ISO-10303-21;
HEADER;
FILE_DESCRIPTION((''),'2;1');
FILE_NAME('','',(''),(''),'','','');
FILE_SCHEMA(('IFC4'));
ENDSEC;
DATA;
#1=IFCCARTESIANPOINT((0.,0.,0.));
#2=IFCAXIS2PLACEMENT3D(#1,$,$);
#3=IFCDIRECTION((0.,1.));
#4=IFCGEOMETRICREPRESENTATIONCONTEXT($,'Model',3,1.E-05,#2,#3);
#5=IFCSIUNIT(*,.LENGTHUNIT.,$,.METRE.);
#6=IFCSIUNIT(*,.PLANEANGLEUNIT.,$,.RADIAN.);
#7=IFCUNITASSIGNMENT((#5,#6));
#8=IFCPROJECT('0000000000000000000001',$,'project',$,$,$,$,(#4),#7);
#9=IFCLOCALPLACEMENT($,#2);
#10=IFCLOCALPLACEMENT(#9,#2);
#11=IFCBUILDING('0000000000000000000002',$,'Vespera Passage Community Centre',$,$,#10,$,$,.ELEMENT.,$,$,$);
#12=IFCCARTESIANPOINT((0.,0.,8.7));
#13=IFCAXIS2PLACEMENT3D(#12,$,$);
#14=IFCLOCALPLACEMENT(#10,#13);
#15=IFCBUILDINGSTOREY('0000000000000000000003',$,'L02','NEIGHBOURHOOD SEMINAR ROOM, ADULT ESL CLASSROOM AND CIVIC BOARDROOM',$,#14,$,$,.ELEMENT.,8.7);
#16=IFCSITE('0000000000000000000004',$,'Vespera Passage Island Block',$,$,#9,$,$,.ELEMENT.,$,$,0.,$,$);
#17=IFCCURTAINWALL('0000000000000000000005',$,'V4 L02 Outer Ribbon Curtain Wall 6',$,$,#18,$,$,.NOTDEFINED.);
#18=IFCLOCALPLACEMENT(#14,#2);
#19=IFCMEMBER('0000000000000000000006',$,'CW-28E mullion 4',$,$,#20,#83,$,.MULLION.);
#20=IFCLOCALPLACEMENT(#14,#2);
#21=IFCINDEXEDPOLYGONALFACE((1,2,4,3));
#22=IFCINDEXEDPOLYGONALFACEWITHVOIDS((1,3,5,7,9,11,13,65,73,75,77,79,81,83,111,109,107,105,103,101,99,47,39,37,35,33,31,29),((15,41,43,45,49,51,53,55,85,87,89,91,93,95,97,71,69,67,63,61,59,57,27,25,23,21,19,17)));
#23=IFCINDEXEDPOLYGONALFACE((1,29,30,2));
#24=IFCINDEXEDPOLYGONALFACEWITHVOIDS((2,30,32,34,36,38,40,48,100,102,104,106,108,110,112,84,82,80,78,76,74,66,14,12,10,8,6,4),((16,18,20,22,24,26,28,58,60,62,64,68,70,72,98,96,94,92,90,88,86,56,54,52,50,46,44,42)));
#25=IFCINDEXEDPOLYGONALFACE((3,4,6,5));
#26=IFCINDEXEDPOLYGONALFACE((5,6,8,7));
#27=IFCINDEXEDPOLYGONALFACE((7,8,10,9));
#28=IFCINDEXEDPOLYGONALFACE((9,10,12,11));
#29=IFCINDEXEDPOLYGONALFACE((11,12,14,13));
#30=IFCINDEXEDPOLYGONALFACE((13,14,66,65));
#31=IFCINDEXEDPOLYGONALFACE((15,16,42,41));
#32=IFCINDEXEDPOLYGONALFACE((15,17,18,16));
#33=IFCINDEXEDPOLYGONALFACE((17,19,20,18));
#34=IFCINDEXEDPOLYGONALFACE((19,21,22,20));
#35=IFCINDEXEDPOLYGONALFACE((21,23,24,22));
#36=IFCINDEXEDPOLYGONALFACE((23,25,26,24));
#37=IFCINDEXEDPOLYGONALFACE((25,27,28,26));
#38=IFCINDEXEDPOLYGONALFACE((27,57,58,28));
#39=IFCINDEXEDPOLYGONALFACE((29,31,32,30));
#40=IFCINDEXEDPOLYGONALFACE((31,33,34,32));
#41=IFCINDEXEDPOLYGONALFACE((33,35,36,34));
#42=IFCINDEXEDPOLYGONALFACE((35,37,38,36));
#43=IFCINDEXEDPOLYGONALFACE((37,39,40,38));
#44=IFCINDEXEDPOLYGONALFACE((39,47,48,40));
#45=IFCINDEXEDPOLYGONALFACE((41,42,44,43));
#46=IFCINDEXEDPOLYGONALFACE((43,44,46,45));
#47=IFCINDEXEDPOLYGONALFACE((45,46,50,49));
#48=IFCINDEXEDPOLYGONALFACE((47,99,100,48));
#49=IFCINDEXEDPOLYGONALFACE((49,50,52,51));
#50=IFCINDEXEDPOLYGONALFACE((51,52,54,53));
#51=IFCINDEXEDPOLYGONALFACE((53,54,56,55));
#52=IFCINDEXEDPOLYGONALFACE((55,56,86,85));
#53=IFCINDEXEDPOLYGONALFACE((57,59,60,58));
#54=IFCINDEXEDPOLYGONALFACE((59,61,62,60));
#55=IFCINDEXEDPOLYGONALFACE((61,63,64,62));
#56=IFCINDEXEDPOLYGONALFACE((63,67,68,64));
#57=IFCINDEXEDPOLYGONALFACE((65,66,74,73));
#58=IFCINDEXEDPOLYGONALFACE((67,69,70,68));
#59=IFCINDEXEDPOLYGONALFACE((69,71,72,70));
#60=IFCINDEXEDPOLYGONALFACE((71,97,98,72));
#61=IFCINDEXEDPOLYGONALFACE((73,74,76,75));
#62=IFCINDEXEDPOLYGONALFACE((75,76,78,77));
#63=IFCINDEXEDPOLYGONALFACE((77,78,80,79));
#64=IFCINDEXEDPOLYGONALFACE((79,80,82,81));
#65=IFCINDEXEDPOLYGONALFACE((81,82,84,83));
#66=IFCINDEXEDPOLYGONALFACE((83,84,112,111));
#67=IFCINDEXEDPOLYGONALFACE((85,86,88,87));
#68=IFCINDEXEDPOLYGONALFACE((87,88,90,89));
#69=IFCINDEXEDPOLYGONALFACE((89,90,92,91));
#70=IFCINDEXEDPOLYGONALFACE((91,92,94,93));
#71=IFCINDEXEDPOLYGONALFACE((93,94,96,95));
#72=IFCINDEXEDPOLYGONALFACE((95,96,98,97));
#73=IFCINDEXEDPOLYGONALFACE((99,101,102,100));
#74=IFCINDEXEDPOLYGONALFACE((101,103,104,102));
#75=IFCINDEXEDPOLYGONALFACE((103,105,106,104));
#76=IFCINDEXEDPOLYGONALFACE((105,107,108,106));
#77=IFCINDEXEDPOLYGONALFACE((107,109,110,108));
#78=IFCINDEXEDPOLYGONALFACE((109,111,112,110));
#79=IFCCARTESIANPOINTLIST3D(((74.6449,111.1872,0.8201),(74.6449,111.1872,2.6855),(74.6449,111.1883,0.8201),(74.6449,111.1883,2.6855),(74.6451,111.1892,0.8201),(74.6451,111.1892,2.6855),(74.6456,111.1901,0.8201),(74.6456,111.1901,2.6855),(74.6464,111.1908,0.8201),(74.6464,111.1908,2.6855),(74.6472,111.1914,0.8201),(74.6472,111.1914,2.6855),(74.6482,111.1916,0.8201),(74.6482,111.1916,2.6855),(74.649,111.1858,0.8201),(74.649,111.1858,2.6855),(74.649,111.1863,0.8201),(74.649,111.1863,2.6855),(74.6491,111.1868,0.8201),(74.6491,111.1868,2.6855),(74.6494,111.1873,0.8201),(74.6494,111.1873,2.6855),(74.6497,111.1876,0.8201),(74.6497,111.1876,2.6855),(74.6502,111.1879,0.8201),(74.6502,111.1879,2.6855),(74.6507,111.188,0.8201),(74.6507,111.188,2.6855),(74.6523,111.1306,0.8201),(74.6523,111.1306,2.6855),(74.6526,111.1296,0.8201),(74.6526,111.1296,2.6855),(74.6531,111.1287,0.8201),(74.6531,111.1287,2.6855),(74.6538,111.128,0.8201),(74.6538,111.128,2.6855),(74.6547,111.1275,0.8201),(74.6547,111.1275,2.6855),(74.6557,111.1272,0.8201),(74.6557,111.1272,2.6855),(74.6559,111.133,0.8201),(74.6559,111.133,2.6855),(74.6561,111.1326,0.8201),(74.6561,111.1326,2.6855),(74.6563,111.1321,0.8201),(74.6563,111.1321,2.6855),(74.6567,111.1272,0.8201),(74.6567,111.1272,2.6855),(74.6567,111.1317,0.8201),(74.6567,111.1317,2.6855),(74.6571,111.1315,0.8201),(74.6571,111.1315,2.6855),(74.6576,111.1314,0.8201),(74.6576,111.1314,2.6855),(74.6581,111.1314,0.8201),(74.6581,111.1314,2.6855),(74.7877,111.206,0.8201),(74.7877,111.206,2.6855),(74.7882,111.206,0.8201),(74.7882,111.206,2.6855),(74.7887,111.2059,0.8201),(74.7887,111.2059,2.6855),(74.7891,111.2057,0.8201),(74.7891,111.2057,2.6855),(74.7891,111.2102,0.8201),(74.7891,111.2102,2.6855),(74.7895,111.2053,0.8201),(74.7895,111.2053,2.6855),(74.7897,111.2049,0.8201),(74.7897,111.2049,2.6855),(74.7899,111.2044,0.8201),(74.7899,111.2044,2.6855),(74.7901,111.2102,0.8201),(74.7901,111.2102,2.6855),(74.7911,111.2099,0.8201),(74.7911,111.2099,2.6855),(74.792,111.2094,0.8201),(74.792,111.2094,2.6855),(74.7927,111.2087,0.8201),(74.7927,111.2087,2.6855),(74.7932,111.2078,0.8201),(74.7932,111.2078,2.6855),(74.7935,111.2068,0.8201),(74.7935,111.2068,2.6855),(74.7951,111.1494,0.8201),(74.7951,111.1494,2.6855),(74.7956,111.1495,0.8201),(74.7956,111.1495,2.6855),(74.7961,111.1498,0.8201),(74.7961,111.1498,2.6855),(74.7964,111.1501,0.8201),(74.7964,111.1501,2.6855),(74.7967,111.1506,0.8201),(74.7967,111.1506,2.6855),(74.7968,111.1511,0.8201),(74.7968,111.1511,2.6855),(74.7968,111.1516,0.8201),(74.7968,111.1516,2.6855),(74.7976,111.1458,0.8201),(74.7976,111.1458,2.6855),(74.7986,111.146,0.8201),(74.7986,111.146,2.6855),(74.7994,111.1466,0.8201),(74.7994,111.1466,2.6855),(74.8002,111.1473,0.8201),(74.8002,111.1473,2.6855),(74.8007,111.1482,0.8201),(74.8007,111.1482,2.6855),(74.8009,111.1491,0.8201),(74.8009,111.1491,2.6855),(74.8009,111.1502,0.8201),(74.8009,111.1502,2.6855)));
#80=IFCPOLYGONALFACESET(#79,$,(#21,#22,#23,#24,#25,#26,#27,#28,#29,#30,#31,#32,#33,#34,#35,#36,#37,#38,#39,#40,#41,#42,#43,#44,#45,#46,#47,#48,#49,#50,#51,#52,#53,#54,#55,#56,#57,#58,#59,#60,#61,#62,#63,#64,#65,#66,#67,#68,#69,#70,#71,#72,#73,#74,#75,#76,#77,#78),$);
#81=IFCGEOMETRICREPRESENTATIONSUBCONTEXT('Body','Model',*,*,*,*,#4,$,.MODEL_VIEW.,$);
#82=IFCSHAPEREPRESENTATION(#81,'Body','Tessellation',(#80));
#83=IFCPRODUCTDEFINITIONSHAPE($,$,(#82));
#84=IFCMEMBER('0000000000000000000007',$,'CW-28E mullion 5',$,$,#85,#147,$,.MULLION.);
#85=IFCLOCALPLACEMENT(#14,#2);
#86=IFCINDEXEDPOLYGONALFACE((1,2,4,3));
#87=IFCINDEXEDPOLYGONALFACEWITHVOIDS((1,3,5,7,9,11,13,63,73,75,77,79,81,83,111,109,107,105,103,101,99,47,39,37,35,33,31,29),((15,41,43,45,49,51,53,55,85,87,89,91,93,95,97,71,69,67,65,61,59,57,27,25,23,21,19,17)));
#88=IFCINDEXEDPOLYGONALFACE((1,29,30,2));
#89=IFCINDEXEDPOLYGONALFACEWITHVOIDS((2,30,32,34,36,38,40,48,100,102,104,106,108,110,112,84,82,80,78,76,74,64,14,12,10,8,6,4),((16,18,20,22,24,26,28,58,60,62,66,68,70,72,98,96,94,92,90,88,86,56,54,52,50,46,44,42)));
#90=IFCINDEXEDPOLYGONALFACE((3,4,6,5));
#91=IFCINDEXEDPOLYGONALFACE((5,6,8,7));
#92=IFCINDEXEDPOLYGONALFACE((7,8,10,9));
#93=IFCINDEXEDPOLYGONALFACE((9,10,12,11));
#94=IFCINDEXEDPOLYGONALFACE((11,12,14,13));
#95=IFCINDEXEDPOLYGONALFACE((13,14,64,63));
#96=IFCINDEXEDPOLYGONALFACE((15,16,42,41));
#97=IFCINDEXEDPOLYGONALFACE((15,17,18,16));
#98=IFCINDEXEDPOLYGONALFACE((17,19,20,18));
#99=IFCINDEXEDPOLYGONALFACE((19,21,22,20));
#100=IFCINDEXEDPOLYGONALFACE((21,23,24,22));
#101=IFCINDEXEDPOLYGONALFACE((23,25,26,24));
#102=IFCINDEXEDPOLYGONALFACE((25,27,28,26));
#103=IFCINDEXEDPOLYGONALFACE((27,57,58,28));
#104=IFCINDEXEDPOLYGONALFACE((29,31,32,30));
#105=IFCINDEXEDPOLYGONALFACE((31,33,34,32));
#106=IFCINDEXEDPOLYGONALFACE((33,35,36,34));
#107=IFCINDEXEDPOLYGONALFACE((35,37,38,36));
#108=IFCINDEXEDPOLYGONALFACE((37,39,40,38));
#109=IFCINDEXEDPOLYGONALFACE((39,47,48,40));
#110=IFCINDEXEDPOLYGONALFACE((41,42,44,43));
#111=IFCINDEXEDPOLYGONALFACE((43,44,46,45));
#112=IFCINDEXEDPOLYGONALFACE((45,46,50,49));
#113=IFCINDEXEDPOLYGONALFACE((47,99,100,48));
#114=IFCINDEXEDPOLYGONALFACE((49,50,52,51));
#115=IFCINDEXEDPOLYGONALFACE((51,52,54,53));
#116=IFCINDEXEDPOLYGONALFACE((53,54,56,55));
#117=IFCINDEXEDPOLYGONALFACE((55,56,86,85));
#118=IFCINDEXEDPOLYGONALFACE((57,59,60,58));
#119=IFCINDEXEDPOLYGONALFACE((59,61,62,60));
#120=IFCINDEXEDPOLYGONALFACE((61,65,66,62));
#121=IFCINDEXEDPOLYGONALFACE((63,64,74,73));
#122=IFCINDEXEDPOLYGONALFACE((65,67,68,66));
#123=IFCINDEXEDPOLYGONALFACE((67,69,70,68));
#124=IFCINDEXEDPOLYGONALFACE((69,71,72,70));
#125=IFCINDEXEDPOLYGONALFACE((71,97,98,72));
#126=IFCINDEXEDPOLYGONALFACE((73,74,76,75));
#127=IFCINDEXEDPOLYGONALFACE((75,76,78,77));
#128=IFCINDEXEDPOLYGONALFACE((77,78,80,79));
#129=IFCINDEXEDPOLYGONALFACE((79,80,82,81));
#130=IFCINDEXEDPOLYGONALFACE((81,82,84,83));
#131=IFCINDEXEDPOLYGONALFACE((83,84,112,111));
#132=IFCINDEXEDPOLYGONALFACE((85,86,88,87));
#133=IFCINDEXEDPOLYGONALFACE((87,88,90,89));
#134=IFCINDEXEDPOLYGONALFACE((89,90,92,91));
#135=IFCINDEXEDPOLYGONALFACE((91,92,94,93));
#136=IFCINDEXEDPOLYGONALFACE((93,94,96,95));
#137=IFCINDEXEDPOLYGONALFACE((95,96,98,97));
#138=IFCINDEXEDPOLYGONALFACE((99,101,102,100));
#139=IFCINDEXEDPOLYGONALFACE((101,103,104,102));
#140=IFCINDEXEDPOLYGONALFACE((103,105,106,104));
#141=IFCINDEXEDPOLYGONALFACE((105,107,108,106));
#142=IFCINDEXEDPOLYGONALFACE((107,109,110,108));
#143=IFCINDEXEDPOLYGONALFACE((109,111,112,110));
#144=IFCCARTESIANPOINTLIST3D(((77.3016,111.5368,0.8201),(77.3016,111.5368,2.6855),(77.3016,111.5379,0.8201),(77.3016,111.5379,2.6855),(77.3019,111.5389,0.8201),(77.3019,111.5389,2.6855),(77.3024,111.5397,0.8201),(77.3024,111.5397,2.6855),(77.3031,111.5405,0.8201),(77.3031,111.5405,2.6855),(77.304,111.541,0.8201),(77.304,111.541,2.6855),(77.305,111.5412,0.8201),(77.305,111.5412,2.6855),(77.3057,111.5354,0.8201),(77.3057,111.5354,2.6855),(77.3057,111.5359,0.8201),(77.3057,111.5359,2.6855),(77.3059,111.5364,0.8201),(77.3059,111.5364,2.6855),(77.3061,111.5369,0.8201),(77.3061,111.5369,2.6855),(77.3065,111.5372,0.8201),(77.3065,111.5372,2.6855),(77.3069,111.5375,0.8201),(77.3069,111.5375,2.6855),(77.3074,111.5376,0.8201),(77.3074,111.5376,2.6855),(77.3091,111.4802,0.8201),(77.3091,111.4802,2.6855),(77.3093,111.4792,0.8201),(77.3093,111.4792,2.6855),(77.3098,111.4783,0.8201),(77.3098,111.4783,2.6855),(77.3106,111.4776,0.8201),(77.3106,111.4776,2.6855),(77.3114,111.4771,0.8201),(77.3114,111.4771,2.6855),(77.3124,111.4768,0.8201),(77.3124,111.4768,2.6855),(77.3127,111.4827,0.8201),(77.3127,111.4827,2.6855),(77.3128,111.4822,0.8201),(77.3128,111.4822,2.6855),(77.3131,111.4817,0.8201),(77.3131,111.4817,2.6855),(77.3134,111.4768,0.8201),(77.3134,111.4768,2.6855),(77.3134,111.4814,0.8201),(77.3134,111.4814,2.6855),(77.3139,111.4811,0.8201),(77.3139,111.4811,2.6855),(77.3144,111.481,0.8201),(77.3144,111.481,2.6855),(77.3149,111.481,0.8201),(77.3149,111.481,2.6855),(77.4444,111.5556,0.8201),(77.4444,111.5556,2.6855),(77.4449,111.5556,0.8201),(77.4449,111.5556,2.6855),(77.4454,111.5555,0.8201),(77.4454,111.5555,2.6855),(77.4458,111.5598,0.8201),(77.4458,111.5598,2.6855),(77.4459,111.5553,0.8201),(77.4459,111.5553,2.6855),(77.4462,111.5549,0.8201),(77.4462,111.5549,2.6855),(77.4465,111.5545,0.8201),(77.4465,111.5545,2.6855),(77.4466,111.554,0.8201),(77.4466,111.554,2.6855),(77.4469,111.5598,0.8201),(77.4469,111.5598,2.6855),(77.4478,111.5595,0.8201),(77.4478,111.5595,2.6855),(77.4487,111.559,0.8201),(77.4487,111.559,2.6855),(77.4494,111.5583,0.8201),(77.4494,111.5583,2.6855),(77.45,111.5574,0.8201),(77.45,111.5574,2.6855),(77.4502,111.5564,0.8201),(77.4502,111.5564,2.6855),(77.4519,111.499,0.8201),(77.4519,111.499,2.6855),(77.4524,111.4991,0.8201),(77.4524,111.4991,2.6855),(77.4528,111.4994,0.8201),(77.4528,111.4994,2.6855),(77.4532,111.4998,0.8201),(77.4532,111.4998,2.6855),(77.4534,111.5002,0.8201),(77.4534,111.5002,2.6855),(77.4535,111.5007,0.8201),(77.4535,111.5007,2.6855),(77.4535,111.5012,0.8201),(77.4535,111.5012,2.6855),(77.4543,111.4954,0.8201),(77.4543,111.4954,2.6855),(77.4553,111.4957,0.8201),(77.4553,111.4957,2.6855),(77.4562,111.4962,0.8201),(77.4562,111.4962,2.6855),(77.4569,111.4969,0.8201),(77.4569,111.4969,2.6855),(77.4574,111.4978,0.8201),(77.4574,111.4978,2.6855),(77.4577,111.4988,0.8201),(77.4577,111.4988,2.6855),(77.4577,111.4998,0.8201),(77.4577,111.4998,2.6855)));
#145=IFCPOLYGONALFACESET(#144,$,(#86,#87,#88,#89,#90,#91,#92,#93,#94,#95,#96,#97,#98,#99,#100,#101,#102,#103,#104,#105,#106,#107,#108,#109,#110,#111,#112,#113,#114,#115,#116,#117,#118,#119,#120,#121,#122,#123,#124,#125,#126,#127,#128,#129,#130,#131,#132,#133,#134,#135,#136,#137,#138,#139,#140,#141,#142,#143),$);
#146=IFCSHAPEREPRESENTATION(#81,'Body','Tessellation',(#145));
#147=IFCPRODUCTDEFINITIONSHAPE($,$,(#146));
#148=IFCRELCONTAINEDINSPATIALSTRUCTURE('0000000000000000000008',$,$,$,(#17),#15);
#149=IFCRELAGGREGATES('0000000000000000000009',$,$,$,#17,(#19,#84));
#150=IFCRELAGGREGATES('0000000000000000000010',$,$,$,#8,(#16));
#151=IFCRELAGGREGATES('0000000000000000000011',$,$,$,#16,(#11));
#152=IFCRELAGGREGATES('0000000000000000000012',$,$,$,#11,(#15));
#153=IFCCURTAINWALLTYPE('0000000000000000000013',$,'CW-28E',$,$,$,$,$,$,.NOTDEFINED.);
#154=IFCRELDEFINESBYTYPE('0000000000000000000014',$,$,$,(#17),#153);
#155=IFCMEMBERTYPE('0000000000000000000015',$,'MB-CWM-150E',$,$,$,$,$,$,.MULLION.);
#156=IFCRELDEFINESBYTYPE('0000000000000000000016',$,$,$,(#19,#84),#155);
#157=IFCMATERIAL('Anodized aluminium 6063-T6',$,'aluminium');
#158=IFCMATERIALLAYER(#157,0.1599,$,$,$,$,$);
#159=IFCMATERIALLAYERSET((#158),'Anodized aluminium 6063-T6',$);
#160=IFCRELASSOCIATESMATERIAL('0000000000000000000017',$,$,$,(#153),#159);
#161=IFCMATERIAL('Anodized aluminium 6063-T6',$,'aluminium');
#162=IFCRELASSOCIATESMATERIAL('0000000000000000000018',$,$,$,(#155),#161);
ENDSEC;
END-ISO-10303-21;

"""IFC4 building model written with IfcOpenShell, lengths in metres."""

from ifc_helpers import new_model, si_unit, direction, frame, origin, origin_2d, place, context, subcontext, project, spatial, hollow_rectangle, extrude, material, layer, layer_set, material_profile, profile_set, type_object, element, aggregate, save


model = new_model("IFC4")

# Units and contexts
model_context = context("Model", 3, precision=1e-05, world=origin(), true_north=direction((0.0, 1.0)))
body_context = subcontext(model_context, "Body", "Model", "MODEL_VIEW")
ifc_project = project(units=[si_unit("LENGTHUNIT", "METRE"), si_unit("PLANEANGLEUNIT", "RADIAN")], contexts=[model_context])

# Site, building, storey
site_placement = place(None, origin())
site = spatial("IfcSite", under=ifc_project, at=site_placement, Name="Vespera Passage Island Block", CompositionType="ELEMENT", RefElevation=0.0)
building_placement = place(site_placement, origin())
building = spatial("IfcBuilding", under=site, at=building_placement, Name="Vespera Passage Community Centre", CompositionType="ELEMENT")
storey_placement = place(building_placement, frame((0.0, 0.0, 8.7)))
storey = spatial("IfcBuildingStorey", under=building, at=storey_placement, Name="L02", Description="NEIGHBOURHOOD SEMINAR ROOM, ADULT ESL CLASSROOM AND CIVIC BOARDROOM", CompositionType="ELEMENT", Elevation=8.7)

# Curtain wall, members
ifc_material_1 = material(Name="Anodized aluminium 6063-T6", Category="aluminium")
ifc_layer_1 = layer(ifc_material_1, 0.1599)
ifc_layer_set_1 = layer_set([ifc_layer_1], Name="Anodized aluminium 6063-T6")
curtain_wall_type = type_object("IfcCurtainWallType", Name="CW-28E", PredefinedType="NOTDEFINED", material=ifc_layer_set_1)
curtain_wall_placement = place(storey_placement, origin())
curtain_wall = element("IfcCurtainWall", 1, at=curtain_wall_placement, inside=storey, type_object=curtain_wall_type, Name="V4 L02 Outer Ribbon Curtain Wall 6", PredefinedType="NOTDEFINED")
ifc_material_2 = material(Name="Anodized aluminium 6063-T6", Category="aluminium")
ifc_material_profile_1 = material_profile(ifc_material_2, hollow_rectangle(XDim=0.0649, YDim=0.1499, WallThickness=0.0039, InnerFilletRadius=0.002, OuterFilletRadius=0.0039, at=origin_2d()), Name="ALU150X65X4")
ifc_profile_set_1 = profile_set([ifc_material_profile_1], Name="Anodized aluminium 6063-T6")
member_type_1 = type_object("IfcMemberType", Name="MB-CWM-150E", PredefinedType="MULLION", material=ifc_profile_set_1)
member_1_placement = place(storey_placement, frame((74.7229, 111.1687, 0.8201), z_axis=(0.0, 0.0, 1.0), x_axis=(-0.130531, 0.991444, 0.0)))
member_1 = element("IfcMember", 2, at=member_1_placement, type_object=member_type_1, Name="CW-28E mullion 4", PredefinedType="MULLION", context=body_context, shape_type="SweptSolid", body=[
    extrude(hollow_rectangle(XDim=0.0649, YDim=0.1499, WallThickness=0.0039, InnerFilletRadius=0.002, OuterFilletRadius=0.0039, at=origin_2d()), origin(), (0.0, 0.0, 1.0), 1.8655),
])
member_2_placement = place(storey_placement, frame((77.3796, 111.5183, 0.8201), z_axis=(0.0, 0.0, 1.0), x_axis=(-0.130531, 0.991444, 0.0)))
member_2 = element("IfcMember", 3, at=member_2_placement, type_object=member_type_1, Name="CW-28E mullion 5", PredefinedType="MULLION", context=body_context, shape_type="SweptSolid", body=[
    extrude(hollow_rectangle(XDim=0.0649, YDim=0.1499, WallThickness=0.0039, InnerFilletRadius=0.002, OuterFilletRadius=0.0039, at=origin_2d()), origin(), (0.0, 0.0, 1.0), 1.8655),
])
aggregate(curtain_wall, [member_1, member_2])

save(model, "model.ifc")
